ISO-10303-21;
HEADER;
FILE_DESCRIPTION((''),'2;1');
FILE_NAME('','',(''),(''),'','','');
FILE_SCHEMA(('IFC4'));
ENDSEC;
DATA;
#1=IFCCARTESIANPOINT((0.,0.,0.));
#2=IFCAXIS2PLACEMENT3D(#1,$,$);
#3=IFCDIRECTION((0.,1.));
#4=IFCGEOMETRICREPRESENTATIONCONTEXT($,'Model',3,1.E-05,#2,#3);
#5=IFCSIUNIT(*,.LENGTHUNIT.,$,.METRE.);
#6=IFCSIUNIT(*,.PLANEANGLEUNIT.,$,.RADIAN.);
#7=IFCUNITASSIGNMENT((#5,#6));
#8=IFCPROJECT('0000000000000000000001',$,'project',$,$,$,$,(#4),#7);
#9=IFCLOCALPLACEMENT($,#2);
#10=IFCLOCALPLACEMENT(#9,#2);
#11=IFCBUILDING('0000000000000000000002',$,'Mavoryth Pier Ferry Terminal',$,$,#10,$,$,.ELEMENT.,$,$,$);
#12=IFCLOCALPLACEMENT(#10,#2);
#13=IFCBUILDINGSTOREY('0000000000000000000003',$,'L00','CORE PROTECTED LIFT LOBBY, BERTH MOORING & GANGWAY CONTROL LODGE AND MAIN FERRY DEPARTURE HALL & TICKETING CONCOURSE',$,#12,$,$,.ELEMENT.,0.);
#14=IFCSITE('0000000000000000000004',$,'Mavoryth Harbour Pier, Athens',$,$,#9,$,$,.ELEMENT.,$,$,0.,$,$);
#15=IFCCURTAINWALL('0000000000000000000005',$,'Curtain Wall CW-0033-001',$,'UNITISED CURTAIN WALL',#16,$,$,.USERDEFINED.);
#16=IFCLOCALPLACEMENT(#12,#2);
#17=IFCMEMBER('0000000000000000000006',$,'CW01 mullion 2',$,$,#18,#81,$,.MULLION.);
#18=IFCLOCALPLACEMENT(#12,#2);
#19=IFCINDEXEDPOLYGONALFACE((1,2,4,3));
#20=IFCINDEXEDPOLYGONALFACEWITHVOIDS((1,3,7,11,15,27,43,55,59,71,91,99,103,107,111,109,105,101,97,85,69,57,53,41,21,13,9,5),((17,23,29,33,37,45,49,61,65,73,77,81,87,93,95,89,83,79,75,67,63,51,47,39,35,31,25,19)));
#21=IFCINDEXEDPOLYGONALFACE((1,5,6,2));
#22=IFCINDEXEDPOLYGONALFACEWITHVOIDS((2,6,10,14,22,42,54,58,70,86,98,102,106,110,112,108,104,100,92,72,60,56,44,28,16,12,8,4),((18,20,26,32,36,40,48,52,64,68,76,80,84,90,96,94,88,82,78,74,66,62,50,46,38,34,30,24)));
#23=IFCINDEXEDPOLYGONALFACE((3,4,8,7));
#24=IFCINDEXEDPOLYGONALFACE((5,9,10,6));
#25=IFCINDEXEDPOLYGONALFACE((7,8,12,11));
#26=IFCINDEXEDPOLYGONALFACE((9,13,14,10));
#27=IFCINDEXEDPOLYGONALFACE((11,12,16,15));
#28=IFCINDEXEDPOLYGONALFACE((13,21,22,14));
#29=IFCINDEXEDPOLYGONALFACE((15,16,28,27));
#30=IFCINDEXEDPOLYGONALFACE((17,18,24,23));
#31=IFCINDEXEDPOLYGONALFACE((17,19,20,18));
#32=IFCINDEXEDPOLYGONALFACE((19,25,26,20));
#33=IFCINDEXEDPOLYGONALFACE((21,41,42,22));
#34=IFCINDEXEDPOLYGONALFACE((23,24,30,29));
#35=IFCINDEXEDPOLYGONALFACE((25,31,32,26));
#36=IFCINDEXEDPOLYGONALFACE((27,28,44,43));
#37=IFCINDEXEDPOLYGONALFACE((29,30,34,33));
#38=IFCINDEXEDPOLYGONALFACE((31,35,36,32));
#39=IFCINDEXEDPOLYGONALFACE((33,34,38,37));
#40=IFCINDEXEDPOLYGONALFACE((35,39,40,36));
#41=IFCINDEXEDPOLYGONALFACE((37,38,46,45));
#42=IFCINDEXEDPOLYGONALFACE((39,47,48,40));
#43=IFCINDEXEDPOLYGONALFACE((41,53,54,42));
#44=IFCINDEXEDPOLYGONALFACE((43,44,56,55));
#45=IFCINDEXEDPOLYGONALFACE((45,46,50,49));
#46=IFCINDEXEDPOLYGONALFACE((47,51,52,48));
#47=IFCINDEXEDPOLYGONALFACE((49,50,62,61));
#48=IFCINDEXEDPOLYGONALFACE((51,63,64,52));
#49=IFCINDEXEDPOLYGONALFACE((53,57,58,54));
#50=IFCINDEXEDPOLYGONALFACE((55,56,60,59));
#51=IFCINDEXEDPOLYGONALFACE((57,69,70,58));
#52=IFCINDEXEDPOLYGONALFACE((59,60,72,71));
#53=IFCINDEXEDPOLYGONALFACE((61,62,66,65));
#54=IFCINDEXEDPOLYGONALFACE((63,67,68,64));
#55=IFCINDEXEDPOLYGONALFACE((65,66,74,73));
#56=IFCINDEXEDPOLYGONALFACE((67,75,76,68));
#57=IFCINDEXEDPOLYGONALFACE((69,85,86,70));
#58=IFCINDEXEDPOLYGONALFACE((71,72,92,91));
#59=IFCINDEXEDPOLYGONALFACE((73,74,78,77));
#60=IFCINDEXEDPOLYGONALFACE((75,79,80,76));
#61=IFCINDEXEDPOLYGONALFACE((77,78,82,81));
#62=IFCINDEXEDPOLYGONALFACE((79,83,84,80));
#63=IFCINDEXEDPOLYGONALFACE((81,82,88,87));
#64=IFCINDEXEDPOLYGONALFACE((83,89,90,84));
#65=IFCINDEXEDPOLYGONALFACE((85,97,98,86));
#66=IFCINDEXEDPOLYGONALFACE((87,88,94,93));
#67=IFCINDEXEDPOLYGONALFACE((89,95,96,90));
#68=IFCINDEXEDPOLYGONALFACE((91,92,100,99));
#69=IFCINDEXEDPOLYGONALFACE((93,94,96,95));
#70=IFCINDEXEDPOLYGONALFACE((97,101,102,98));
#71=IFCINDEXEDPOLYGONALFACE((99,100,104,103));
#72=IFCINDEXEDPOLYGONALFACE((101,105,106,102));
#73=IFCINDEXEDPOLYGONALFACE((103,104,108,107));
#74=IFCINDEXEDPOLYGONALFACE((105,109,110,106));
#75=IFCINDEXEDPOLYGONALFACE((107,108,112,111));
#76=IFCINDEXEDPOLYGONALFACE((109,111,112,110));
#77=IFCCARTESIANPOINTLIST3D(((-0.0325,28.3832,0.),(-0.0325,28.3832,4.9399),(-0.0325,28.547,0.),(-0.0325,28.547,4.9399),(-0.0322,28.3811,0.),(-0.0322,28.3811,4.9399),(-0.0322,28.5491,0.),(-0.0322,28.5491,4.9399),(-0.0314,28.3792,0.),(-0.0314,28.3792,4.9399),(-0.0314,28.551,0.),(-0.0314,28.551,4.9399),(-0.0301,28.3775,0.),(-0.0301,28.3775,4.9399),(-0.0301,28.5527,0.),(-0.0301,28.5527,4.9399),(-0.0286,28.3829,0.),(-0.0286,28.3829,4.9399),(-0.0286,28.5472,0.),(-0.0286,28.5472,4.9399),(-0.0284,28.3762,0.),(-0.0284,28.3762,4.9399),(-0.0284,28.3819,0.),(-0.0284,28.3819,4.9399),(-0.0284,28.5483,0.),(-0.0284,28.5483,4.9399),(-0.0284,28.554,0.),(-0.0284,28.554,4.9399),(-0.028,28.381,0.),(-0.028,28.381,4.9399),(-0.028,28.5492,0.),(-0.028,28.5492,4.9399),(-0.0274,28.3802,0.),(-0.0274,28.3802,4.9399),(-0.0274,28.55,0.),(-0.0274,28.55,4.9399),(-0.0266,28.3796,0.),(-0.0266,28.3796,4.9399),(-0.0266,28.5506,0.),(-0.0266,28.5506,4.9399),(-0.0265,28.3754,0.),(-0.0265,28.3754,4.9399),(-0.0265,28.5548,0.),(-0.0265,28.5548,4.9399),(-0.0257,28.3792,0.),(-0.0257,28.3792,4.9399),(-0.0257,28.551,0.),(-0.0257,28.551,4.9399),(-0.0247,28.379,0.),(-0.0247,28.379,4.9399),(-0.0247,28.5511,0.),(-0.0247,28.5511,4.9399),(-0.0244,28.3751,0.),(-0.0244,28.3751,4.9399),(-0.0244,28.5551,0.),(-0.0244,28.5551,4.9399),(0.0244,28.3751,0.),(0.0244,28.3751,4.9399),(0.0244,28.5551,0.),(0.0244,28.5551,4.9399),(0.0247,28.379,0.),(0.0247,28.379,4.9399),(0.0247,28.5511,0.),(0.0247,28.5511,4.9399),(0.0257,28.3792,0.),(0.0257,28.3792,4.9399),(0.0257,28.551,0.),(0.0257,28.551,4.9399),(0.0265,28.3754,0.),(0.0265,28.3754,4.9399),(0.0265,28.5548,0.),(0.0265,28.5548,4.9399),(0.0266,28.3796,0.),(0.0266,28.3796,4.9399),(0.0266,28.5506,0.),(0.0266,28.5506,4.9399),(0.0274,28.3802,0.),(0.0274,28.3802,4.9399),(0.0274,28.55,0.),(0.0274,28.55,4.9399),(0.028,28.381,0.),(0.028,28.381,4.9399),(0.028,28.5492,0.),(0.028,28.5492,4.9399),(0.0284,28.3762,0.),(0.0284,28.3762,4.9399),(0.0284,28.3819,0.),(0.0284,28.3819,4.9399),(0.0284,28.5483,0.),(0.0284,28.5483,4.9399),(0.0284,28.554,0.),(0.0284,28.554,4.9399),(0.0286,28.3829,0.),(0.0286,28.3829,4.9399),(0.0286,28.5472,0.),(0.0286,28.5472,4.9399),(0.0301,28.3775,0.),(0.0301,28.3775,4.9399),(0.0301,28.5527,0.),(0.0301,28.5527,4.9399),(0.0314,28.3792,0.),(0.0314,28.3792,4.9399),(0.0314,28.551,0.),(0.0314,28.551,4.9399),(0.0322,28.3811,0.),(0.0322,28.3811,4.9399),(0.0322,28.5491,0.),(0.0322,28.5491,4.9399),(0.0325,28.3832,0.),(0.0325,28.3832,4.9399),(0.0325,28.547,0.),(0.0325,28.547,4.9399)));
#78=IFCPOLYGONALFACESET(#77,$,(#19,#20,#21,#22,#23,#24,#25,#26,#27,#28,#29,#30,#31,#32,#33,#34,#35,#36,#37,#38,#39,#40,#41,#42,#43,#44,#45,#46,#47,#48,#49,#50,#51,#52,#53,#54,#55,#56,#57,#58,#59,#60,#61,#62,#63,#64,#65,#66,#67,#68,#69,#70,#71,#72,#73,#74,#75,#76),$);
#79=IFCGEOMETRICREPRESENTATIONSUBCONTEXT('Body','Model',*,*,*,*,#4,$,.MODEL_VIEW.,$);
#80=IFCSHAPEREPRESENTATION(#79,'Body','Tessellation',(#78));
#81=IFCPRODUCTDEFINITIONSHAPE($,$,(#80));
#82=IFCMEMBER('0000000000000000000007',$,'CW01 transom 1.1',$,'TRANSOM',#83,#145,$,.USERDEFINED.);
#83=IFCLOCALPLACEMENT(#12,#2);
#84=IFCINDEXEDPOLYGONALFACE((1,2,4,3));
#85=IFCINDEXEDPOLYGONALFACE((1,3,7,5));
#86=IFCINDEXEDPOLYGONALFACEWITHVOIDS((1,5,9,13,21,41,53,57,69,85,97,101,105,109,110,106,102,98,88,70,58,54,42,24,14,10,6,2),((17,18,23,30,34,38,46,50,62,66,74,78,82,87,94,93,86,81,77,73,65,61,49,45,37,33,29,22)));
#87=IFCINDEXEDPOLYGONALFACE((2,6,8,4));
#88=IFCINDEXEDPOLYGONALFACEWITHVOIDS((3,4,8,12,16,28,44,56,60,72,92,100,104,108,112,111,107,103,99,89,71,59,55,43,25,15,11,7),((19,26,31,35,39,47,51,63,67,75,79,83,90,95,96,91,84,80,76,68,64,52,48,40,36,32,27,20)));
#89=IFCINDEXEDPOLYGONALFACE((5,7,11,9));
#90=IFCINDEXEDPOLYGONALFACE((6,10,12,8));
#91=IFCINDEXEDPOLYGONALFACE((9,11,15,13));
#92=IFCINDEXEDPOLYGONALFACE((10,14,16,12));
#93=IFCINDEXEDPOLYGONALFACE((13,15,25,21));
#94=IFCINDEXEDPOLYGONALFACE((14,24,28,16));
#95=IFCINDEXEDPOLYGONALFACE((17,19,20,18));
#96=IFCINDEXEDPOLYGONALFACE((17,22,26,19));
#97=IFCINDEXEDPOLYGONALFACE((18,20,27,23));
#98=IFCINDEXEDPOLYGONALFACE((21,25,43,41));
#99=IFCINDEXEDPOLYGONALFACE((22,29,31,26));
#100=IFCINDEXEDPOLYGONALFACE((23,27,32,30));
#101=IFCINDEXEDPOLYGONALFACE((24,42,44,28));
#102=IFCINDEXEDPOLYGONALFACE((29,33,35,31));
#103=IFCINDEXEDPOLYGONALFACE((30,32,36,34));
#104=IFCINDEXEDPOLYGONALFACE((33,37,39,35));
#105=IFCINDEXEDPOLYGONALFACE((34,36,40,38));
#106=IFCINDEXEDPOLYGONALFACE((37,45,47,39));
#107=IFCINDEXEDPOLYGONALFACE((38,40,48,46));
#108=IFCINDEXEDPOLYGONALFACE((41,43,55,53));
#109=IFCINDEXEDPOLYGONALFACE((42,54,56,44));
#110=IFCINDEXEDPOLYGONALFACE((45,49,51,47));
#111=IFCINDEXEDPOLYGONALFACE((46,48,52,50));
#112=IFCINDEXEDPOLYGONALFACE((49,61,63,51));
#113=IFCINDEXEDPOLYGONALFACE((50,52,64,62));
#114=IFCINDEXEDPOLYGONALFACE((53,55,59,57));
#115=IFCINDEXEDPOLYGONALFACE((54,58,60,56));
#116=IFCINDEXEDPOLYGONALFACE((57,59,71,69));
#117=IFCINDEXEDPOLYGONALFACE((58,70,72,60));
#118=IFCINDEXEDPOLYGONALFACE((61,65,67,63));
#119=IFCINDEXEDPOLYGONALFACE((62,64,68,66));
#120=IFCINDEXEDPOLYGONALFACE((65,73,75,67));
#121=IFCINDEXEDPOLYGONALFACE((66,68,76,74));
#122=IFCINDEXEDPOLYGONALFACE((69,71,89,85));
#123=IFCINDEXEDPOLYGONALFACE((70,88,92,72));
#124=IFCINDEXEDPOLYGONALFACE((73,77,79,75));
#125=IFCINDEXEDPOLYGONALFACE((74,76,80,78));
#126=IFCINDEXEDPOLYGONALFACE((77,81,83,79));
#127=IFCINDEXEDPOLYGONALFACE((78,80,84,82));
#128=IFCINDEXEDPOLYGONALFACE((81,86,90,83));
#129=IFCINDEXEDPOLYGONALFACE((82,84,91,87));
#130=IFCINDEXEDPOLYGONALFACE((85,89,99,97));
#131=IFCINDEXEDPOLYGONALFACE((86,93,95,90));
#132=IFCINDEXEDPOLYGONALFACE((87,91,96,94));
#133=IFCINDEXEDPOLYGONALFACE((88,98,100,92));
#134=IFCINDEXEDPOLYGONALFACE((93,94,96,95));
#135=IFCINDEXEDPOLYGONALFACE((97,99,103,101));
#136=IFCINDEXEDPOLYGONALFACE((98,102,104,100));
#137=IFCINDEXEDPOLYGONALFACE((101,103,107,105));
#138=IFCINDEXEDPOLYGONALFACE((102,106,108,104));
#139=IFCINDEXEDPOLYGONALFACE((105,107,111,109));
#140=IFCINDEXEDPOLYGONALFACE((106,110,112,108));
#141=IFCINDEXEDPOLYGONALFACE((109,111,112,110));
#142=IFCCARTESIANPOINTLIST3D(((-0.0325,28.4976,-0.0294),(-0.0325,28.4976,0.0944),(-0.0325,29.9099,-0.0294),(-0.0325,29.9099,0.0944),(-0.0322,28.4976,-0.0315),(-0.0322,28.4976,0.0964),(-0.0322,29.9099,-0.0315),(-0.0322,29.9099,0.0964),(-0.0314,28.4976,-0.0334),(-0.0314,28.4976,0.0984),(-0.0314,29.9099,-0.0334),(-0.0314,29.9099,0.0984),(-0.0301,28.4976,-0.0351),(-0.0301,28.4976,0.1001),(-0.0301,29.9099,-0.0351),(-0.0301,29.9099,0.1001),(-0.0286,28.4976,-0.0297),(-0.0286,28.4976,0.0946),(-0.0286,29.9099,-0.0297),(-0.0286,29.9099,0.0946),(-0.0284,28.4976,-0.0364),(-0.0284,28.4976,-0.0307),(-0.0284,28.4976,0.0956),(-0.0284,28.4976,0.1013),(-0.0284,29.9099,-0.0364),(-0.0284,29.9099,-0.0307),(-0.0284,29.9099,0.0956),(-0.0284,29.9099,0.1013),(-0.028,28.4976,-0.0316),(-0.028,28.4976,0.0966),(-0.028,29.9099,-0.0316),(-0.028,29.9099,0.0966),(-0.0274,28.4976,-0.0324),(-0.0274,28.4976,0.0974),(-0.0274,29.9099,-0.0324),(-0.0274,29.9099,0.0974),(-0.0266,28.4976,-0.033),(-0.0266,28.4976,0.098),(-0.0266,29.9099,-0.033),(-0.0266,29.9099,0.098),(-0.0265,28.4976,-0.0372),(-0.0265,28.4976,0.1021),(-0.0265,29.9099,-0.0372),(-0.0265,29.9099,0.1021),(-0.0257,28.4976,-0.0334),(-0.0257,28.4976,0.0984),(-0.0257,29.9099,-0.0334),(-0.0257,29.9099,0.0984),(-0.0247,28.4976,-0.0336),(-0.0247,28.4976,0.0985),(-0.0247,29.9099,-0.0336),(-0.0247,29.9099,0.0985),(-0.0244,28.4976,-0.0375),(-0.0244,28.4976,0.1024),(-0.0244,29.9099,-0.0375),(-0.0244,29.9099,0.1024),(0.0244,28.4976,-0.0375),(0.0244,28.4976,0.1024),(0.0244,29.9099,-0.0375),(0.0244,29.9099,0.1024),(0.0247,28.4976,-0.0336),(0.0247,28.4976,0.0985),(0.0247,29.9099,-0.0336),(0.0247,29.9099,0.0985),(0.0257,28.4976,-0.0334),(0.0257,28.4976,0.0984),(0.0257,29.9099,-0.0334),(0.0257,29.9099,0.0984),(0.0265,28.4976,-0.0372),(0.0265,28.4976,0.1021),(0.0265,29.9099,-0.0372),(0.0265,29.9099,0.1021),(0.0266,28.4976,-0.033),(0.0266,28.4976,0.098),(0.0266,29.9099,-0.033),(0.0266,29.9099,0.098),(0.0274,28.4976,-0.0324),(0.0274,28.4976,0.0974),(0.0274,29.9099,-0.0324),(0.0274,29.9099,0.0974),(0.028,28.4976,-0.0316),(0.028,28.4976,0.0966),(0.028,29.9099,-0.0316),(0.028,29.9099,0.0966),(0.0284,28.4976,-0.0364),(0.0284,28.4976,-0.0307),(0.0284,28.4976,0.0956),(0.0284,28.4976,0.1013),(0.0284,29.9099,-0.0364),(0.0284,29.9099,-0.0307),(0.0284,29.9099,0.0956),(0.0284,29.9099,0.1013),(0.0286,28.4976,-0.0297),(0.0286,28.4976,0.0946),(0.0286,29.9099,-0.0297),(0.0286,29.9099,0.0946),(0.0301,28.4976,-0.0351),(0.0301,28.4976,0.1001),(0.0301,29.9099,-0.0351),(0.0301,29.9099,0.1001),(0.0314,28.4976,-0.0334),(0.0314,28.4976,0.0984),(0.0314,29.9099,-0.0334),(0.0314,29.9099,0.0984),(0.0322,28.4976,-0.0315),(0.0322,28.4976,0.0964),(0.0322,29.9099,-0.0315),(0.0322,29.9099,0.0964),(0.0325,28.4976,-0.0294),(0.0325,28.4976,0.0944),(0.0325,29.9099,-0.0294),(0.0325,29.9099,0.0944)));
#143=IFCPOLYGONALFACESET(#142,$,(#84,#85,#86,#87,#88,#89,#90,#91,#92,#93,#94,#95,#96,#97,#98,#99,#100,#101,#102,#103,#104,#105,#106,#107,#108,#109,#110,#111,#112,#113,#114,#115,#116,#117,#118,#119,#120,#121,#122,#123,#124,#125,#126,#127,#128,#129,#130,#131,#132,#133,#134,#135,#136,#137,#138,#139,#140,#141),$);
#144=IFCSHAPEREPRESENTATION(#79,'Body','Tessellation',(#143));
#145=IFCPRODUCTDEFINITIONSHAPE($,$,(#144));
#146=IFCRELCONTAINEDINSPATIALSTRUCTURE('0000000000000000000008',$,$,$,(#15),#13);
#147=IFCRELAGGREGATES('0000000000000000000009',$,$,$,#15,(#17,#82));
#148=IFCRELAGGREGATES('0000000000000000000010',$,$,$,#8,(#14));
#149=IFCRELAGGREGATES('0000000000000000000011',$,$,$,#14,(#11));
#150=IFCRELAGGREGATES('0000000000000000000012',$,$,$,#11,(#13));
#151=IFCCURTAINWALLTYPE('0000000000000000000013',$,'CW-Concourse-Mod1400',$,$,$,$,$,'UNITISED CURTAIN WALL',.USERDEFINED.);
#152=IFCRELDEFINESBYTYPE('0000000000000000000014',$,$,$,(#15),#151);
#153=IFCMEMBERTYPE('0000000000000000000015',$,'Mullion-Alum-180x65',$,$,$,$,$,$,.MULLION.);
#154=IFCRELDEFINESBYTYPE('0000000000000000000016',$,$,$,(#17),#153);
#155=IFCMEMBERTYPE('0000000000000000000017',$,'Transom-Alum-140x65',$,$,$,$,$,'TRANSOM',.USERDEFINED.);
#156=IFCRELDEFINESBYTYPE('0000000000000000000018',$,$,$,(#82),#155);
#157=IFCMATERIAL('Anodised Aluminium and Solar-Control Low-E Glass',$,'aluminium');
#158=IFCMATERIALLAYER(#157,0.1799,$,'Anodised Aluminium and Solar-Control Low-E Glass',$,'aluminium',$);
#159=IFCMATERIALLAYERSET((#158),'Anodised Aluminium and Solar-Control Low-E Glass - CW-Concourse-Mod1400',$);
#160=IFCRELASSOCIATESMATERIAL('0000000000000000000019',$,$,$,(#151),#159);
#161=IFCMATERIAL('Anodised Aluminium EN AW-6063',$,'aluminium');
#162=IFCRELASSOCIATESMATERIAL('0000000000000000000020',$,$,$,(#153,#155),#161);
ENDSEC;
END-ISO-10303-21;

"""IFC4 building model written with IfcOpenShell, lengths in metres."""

from ifc_helpers import new_model, si_unit, direction, frame, origin, origin_2d, place, context, subcontext, project, spatial, hollow_rectangle, extrude, material, layer, layer_set, material_profile, profile_set, type_object, element, aggregate, save


model = new_model("IFC4")

# Units and contexts
model_context = context("Model", 3, precision=1e-05, world=origin(), true_north=direction((0.0, 1.0)))
body_context = subcontext(model_context, "Body", "Model", "MODEL_VIEW")
ifc_project = project(units=[si_unit("LENGTHUNIT", "METRE"), si_unit("PLANEANGLEUNIT", "RADIAN")], contexts=[model_context])

# Site, building, storey
site_placement = place(None, origin())
site = spatial("IfcSite", under=ifc_project, at=site_placement, Name="Mavoryth Harbour Pier, Athens", CompositionType="ELEMENT", RefElevation=0.0)
building_placement = place(site_placement, origin())
building = spatial("IfcBuilding", under=site, at=building_placement, Name="Mavoryth Pier Ferry Terminal", CompositionType="ELEMENT")
storey_placement = place(building_placement, origin())
storey = spatial("IfcBuildingStorey", under=building, at=storey_placement, Name="L00", Description="CORE PROTECTED LIFT LOBBY, BERTH MOORING & GANGWAY CONTROL LODGE AND MAIN FERRY DEPARTURE HALL & TICKETING CONCOURSE", CompositionType="ELEMENT", Elevation=0.0)

# Curtain wall, members
ifc_material_1 = material(Name="Anodised Aluminium and Solar-Control Low-E Glass", Category="aluminium")
ifc_layer_1 = layer(ifc_material_1, 0.1799, Name="Anodised Aluminium and Solar-Control Low-E Glass", Category="aluminium")
ifc_layer_set_1 = layer_set([ifc_layer_1], Name="Anodised Aluminium and Solar-Control Low-E Glass - CW-Concourse-Mod1400")
curtain_wall_type = type_object("IfcCurtainWallType", Name="CW-Concourse-Mod1400", ElementType="UNITISED CURTAIN WALL", PredefinedType="USERDEFINED", material=ifc_layer_set_1)
curtain_wall_placement = place(storey_placement, origin())
curtain_wall = element("IfcCurtainWall", 1, at=curtain_wall_placement, inside=storey, type_object=curtain_wall_type, Name="Curtain Wall CW-0033-001", ObjectType="UNITISED CURTAIN WALL", PredefinedType="USERDEFINED")
ifc_material_2 = material(Name="Anodised Aluminium EN AW-6063", Category="aluminium")
ifc_material_profile_1 = material_profile(ifc_material_2, hollow_rectangle(XDim=0.0649, YDim=0.1799, WallThickness=0.0039, InnerFilletRadius=0.0039, OuterFilletRadius=0.0081, at=origin_2d()), Name="AL-MULL 180x65x4", Category="aluminium")
ifc_profile_set_1 = profile_set([ifc_material_profile_1], Name="Anodised Aluminium EN AW-6063 - AL-MULL 180x65x4")
member_type_1 = type_object("IfcMemberType", Name="Mullion-Alum-180x65", PredefinedType="MULLION", material=ifc_profile_set_1)
member_1_placement = place(storey_placement, frame((0.0, 28.4651, 0.0), z_axis=(0.0, 0.0, 1.0), x_axis=(1.0, 0.0, 0.0)))
member_1 = element("IfcMember", 2, at=member_1_placement, type_object=member_type_1, Name="CW01 mullion 2", PredefinedType="MULLION", context=body_context, shape_type="SweptSolid", body=[
    extrude(hollow_rectangle(XDim=0.0649, YDim=0.1799, WallThickness=0.0039, InnerFilletRadius=0.0039, OuterFilletRadius=0.0081, at=origin_2d()), origin(), (0.0, 0.0, 1.0), 4.9399),
])
ifc_material_profile_2 = material_profile(ifc_material_2, hollow_rectangle(XDim=0.0649, YDim=0.1399, WallThickness=0.0039, InnerFilletRadius=0.0039, OuterFilletRadius=0.0081, at=origin_2d()), Name="AL-TRAN 140x65x4", Category="aluminium")
ifc_profile_set_2 = profile_set([ifc_material_profile_2], Name="Anodised Aluminium EN AW-6063 - AL-TRAN 140x65x4")
member_type_2 = type_object("IfcMemberType", Name="Transom-Alum-140x65", ElementType="TRANSOM", PredefinedType="USERDEFINED", material=ifc_profile_set_2)
member_2_placement = place(storey_placement, frame((0.0, 29.9099, 0.0325), z_axis=(0.0, -1.0, 0.0), x_axis=(1.0, 0.0, 0.0)))
member_2 = element("IfcMember", 3, at=member_2_placement, type_object=member_type_2, Name="CW01 transom 1.1", ObjectType="TRANSOM", PredefinedType="USERDEFINED", context=body_context, shape_type="SweptSolid", body=[
    extrude(hollow_rectangle(XDim=0.0649, YDim=0.1399, WallThickness=0.0039, InnerFilletRadius=0.0039, OuterFilletRadius=0.0081, at=origin_2d()), origin(), (0.0, 0.0, 1.0), 1.4124),
])
aggregate(curtain_wall, [member_1, member_2])

save(model, "model.ifc")
